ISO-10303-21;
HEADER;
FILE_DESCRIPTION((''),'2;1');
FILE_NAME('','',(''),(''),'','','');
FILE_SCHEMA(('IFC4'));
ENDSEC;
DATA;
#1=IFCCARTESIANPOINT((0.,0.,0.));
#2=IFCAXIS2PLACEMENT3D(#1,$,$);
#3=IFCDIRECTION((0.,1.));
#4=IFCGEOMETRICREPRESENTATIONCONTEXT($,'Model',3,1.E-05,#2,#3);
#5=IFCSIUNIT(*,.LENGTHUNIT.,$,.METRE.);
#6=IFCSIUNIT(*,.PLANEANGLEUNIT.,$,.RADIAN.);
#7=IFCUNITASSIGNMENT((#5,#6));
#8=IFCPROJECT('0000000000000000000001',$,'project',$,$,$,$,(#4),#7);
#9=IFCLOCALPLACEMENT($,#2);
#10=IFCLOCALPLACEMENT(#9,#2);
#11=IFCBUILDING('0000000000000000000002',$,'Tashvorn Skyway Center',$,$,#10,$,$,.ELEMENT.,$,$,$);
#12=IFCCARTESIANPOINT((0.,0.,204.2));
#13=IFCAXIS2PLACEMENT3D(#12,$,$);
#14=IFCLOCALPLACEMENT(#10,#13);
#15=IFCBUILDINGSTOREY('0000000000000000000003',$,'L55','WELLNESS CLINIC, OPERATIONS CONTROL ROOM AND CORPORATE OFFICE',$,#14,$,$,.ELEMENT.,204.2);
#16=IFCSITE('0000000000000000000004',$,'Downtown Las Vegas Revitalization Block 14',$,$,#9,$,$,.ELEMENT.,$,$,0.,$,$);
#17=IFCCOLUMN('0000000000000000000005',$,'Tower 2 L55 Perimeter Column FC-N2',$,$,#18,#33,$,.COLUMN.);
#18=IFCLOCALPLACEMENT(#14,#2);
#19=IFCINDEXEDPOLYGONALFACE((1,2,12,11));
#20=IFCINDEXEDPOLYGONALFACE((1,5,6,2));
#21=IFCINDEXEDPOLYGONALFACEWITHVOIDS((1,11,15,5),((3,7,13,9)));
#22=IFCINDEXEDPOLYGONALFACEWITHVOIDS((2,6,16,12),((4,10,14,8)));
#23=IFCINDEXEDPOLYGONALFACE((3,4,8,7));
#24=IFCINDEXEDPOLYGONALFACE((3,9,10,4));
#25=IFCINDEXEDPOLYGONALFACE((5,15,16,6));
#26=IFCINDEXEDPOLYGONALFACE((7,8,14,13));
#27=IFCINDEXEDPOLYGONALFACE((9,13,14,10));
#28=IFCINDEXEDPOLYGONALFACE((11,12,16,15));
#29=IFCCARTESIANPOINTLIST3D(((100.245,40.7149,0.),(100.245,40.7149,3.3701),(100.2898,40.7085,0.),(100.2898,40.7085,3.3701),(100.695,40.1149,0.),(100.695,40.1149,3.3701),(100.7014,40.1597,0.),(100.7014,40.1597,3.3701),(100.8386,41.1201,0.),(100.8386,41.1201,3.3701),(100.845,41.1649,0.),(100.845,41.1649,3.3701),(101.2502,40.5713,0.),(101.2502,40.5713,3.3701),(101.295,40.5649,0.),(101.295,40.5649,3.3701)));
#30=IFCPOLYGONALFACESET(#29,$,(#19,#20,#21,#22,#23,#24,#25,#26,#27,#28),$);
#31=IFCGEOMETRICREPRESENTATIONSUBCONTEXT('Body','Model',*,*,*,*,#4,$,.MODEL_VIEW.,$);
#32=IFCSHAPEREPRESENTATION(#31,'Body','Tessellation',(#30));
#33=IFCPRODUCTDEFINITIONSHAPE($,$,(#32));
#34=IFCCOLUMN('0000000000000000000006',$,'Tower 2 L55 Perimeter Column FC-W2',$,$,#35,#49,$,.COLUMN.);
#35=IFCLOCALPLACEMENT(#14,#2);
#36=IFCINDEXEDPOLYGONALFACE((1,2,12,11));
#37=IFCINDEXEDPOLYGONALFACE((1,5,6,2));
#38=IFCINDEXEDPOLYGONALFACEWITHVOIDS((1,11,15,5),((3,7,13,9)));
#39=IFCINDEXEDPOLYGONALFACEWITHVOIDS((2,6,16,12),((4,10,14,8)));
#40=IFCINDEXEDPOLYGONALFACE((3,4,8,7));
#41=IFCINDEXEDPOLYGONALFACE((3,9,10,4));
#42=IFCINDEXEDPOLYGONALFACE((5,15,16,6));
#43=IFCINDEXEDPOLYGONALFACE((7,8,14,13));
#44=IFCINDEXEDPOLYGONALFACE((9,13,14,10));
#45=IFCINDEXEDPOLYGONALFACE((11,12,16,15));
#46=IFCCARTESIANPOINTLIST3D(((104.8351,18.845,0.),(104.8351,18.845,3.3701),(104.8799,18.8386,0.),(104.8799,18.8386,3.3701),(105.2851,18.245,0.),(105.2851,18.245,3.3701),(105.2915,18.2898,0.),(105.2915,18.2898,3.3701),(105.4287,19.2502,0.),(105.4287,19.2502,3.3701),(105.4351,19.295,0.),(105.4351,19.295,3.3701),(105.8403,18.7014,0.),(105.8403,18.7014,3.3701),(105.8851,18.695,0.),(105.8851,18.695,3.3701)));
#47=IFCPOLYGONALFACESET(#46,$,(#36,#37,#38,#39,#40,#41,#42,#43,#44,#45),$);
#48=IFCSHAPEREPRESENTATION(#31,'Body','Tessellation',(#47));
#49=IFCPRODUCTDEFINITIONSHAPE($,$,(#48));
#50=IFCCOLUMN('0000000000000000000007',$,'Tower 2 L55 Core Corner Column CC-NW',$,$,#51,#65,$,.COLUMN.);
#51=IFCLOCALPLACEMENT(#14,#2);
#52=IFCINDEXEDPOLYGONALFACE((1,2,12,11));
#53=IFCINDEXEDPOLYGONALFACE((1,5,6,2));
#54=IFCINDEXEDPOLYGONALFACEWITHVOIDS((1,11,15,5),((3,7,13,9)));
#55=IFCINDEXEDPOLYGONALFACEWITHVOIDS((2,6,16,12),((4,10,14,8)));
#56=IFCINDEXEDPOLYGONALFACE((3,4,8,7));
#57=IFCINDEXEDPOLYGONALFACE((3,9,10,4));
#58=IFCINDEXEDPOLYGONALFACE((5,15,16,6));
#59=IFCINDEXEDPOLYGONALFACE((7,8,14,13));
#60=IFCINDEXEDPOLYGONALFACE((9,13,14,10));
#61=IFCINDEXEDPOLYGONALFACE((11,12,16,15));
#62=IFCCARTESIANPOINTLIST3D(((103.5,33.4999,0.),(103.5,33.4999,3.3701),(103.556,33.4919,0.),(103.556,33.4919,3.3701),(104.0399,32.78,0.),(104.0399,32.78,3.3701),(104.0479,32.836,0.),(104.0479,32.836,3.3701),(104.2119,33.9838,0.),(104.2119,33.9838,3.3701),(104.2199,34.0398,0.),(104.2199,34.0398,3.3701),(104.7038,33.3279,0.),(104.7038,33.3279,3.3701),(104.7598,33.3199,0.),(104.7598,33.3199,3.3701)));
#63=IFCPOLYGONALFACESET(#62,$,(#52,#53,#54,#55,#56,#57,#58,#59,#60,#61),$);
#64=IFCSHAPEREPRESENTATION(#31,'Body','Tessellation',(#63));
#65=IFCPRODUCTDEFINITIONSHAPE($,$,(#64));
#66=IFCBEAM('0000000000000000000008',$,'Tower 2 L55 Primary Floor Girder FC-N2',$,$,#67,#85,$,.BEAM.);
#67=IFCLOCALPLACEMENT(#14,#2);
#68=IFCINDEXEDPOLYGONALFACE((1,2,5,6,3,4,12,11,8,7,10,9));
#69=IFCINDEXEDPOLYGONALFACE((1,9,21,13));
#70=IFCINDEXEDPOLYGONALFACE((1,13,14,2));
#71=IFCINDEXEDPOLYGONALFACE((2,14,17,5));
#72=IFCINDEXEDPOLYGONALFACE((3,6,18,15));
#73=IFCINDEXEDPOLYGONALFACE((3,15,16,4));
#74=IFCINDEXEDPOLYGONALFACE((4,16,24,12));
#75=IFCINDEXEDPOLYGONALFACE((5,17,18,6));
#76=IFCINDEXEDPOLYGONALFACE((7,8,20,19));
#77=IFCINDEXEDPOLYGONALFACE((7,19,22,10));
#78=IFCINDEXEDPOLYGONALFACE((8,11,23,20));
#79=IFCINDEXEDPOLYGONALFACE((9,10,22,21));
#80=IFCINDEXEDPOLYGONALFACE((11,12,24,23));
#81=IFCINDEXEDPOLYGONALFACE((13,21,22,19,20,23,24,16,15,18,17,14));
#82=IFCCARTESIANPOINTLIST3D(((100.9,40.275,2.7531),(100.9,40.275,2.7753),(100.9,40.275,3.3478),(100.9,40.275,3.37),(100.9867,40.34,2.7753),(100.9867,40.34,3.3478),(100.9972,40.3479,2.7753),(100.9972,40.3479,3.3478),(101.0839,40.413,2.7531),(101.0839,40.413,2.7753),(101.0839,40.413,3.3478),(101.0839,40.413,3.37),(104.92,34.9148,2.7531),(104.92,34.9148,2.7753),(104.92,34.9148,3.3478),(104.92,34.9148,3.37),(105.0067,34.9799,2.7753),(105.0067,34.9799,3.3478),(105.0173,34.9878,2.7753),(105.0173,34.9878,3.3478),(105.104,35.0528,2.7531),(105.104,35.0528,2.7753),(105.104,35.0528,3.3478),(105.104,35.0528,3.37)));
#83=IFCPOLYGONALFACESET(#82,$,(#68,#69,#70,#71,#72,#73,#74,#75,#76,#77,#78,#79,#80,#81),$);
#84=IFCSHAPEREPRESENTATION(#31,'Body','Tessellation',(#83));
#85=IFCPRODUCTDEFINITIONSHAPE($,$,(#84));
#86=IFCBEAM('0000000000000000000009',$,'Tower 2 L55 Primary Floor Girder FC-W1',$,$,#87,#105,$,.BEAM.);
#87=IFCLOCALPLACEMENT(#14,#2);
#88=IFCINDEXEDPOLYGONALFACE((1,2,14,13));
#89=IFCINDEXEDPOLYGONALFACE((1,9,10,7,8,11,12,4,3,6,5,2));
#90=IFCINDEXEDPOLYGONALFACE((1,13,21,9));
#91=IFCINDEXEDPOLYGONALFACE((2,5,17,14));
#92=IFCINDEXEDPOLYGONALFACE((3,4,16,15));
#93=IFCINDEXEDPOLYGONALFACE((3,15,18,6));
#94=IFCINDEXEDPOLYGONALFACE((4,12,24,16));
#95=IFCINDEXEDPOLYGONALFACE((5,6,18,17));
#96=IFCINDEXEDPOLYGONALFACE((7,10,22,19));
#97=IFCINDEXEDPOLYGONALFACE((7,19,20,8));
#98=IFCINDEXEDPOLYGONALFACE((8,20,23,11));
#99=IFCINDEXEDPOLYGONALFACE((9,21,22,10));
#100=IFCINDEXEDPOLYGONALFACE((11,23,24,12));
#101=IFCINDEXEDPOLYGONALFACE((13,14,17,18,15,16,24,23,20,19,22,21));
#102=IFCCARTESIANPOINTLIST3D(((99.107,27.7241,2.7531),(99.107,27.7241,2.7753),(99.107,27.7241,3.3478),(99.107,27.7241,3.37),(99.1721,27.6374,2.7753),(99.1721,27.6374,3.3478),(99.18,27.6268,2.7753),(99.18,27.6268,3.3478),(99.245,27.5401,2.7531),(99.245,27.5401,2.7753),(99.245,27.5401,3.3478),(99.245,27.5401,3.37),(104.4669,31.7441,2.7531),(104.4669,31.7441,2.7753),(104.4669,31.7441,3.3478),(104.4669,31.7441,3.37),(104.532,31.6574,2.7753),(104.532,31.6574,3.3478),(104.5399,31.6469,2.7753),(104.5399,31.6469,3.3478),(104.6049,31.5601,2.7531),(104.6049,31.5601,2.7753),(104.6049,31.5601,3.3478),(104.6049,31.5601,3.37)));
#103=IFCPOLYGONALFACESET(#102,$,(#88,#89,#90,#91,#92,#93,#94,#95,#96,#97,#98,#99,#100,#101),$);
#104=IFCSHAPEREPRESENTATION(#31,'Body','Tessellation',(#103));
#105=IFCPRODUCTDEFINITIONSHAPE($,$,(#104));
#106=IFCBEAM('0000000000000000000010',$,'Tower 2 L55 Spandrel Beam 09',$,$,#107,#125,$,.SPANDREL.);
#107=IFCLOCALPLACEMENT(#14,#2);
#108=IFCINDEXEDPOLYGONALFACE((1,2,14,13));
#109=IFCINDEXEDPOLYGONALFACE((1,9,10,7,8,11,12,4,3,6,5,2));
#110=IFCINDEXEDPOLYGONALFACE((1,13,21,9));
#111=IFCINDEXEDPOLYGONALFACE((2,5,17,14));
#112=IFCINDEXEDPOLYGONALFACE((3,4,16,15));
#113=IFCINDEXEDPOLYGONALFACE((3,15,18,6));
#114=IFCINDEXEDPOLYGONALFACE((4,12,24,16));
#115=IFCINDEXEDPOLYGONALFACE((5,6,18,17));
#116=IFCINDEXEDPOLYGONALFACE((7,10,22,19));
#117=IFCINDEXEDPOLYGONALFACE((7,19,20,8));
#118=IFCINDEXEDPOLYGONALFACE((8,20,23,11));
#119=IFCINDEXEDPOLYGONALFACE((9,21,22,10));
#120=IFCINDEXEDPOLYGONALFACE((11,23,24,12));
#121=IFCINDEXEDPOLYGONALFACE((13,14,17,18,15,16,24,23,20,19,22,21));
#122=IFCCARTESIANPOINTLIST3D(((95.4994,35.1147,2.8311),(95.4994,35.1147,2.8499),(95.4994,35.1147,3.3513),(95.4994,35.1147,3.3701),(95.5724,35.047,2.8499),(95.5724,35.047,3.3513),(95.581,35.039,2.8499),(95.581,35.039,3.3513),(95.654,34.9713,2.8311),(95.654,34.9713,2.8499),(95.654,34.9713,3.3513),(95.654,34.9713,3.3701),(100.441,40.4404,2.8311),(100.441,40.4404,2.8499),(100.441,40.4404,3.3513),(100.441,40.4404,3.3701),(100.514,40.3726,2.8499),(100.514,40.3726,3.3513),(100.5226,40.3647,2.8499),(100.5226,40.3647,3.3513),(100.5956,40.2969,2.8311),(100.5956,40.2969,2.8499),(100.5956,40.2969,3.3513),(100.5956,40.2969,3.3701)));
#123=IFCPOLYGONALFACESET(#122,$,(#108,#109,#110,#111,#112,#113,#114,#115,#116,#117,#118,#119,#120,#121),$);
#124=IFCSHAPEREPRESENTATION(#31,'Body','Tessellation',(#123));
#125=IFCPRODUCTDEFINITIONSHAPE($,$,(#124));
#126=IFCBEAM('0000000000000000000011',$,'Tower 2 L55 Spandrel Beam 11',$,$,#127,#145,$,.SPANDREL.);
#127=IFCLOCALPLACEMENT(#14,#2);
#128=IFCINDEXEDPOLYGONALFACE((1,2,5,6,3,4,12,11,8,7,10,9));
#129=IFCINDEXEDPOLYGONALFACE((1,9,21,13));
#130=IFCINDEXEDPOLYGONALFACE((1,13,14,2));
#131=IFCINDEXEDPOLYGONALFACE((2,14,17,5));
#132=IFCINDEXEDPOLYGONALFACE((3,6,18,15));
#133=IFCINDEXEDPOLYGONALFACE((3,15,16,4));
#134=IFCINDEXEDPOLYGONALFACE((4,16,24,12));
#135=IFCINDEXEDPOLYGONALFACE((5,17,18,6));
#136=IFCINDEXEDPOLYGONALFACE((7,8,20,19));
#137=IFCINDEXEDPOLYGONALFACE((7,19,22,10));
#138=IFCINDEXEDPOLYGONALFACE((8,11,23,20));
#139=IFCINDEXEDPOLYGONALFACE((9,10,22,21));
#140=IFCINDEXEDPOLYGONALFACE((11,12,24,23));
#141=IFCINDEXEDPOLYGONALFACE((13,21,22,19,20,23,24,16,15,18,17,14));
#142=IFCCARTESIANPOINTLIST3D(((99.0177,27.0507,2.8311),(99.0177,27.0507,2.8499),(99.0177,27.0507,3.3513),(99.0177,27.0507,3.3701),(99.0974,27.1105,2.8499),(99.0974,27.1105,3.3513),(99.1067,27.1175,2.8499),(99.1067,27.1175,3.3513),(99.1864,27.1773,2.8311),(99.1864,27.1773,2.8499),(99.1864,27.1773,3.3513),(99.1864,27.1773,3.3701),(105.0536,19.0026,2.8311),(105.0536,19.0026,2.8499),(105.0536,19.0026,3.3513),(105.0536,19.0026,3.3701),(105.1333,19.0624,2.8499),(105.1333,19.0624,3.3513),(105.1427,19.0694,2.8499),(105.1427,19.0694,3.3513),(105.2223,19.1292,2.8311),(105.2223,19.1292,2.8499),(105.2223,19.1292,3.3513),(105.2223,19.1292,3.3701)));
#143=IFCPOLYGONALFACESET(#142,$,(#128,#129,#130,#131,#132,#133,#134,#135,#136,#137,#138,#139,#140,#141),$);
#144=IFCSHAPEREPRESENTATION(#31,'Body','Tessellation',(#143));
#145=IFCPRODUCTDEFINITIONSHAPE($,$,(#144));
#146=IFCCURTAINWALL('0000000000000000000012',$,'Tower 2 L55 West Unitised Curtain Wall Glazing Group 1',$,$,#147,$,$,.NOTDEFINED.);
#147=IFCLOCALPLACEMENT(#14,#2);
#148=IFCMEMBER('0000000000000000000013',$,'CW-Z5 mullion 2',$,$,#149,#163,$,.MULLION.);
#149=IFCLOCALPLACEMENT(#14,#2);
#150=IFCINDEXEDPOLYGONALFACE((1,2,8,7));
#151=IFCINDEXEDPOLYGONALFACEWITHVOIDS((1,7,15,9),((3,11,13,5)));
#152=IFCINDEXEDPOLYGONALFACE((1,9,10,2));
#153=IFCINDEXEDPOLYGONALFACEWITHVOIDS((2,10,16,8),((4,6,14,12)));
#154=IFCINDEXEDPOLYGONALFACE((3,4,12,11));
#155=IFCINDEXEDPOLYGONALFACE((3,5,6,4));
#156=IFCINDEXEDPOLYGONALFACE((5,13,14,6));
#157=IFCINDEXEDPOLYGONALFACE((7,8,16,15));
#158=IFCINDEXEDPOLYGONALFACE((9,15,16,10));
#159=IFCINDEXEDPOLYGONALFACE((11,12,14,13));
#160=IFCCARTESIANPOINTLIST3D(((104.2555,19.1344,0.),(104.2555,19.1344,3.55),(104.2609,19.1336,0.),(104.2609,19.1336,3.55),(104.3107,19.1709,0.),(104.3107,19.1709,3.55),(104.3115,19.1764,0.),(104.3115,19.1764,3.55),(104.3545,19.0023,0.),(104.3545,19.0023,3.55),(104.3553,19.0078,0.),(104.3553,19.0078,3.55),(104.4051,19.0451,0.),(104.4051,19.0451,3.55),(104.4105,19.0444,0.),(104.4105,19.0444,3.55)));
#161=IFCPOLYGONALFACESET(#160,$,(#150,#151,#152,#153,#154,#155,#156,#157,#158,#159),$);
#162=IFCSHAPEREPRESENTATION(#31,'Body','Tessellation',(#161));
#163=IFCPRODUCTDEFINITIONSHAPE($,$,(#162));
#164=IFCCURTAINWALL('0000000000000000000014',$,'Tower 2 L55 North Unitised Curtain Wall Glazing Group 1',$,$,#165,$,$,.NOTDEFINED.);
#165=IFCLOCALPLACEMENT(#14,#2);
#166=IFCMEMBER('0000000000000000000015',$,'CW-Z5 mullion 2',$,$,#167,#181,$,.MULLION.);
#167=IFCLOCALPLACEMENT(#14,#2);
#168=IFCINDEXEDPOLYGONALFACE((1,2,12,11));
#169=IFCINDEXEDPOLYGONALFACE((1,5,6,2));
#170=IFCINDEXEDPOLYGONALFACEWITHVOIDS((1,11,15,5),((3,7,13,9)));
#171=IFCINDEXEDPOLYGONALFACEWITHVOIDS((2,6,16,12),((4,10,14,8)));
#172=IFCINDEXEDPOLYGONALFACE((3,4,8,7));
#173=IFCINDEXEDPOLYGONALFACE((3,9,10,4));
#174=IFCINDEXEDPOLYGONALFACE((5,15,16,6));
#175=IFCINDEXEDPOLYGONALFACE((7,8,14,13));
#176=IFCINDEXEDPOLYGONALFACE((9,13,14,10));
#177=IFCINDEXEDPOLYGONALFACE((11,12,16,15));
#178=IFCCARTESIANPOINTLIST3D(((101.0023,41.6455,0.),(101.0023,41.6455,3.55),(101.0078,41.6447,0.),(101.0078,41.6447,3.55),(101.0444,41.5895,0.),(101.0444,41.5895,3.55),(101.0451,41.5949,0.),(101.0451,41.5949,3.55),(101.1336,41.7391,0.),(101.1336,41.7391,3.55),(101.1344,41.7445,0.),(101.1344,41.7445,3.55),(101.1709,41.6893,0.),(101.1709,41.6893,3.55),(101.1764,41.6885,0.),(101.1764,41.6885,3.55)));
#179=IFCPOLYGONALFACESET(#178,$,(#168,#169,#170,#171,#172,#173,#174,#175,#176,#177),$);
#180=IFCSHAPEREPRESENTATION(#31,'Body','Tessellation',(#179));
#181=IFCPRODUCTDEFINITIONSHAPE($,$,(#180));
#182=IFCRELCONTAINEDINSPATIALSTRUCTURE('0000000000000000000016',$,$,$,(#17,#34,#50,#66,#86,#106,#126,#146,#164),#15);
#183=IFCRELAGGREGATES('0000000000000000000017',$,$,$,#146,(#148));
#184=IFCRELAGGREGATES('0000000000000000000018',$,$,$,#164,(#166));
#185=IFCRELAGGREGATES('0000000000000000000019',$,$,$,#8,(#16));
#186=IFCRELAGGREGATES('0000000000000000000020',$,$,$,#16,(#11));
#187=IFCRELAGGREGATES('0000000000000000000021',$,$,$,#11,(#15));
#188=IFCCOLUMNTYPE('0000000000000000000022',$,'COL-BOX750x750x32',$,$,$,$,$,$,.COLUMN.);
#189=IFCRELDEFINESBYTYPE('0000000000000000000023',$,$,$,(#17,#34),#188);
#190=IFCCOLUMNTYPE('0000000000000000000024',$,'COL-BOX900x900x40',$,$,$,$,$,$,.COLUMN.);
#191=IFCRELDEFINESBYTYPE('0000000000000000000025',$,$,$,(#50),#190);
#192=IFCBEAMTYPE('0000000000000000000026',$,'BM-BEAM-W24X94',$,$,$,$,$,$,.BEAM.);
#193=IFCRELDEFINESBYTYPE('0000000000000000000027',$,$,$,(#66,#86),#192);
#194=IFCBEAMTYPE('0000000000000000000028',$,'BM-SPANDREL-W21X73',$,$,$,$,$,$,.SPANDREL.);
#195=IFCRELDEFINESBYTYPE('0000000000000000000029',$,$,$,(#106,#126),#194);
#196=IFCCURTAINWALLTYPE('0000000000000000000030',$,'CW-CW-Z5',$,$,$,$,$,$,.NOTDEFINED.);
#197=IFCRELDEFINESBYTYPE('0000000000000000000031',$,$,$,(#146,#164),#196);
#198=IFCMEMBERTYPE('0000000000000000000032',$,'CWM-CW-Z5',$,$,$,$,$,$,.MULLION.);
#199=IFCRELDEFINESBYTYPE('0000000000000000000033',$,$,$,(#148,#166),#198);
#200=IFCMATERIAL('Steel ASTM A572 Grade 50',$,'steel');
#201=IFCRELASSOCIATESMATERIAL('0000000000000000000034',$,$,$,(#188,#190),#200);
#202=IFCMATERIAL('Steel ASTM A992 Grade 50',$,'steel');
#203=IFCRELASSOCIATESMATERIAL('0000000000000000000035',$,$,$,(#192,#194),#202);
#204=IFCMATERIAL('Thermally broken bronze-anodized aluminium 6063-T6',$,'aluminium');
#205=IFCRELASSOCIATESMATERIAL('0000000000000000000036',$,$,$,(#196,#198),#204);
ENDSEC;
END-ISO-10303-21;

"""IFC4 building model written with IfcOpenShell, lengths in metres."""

from ifc_helpers import new_model, si_unit, direction, frame, origin, origin_2d, place, context, subcontext, project, spatial, hollow_rectangle, i_section, extrude, material, material_profile, profile_set, type_object, element, aggregate, save


model = new_model("IFC4")

# Units and contexts
model_context = context("Model", 3, precision=1e-05, world=origin(), true_north=direction((0.0, 1.0)))
body_context = subcontext(model_context, "Body", "Model", "MODEL_VIEW")
ifc_project = project(units=[si_unit("LENGTHUNIT", "METRE"), si_unit("PLANEANGLEUNIT", "RADIAN")], contexts=[model_context])

# Site, building, storey
site_placement = place(None, origin())
site = spatial("IfcSite", under=ifc_project, at=site_placement, Name="Downtown Las Vegas Revitalization Block 14", CompositionType="ELEMENT", RefElevation=0.0)
building_placement = place(site_placement, origin())
building = spatial("IfcBuilding", under=site, at=building_placement, Name="Tashvorn Skyway Center", CompositionType="ELEMENT")
storey_placement = place(building_placement, frame((0.0, 0.0, 204.2)))
storey = spatial("IfcBuildingStorey", under=building, at=storey_placement, Name="L55", Description="WELLNESS CLINIC, OPERATIONS CONTROL ROOM AND CORPORATE OFFICE", CompositionType="ELEMENT", Elevation=204.2)

# Columns
ifc_material_1 = material(Name="Steel ASTM A572 Grade 50", Category="steel")
ifc_material_profile_1 = material_profile(ifc_material_1, hollow_rectangle(XDim=0.75, YDim=0.75, WallThickness=0.032, at=origin_2d()), Name="BOX750x750x32")
ifc_profile_set_1 = profile_set([ifc_material_profile_1], Name="Steel ASTM A572 Grade 50")
column_type_1 = type_object("IfcColumnType", Name="COL-BOX750x750x32", PredefinedType="COLUMN", material=ifc_profile_set_1)
for number, where, z_axis, x_axis, name in (
    (1, (100.77, 40.6399, 0.0), (0.0, 0.0, 1.0), (0.8, 0.6, 0.0), "Tower 2 L55 Perimeter Column FC-N2"),
    (2, (105.3601, 18.77, 0.0), (0.0, 0.0, 1.0), (0.8, 0.6, 0.0), "Tower 2 L55 Perimeter Column FC-W2"),
):
    element("IfcColumn", number, at=place(storey_placement, frame(where, z_axis=z_axis, x_axis=x_axis)), inside=storey, type_object=column_type_1, Name=name, PredefinedType="COLUMN", context=body_context, shape_type="SweptSolid", body=[
        extrude(hollow_rectangle(XDim=0.75, YDim=0.75, WallThickness=0.032, at=origin_2d()), origin(), (0.0, 0.0, 1.0), 3.3701),
    ])
ifc_material_profile_2 = material_profile(ifc_material_1, hollow_rectangle(XDim=0.8999, YDim=0.8999, WallThickness=0.04, at=origin_2d()), Name="BOX900x900x40")
ifc_profile_set_2 = profile_set([ifc_material_profile_2], Name="Steel ASTM A572 Grade 50")
column_type_2 = type_object("IfcColumnType", Name="COL-BOX900x900x40", PredefinedType="COLUMN", material=ifc_profile_set_2)
column_placement = place(storey_placement, frame((104.1299, 33.4099, 0.0), z_axis=(0.0, 0.0, 1.0), x_axis=(0.8, 0.6, 0.0)))
element("IfcColumn", 3, at=column_placement, inside=storey, type_object=column_type_2, Name="Tower 2 L55 Core Corner Column CC-NW", PredefinedType="COLUMN", context=body_context, shape_type="SweptSolid", body=[
    extrude(hollow_rectangle(XDim=0.8999, YDim=0.8999, WallThickness=0.04, at=origin_2d()), origin(), (0.0, 0.0, 1.0), 3.3701),
])

# Beams
ifc_material_2 = material(Name="Steel ASTM A992 Grade 50", Category="steel")
ifc_material_profile_3 = material_profile(ifc_material_2, i_section(OverallWidth=0.23, OverallDepth=0.6169, WebThickness=0.0132, FlangeThickness=0.0222, at=origin_2d()), Name="W24X94")
ifc_profile_set_3 = profile_set([ifc_material_profile_3], Name="Steel ASTM A992 Grade 50")
beam_type_1 = type_object("IfcBeamType", Name="BM-BEAM-W24X94", PredefinedType="BEAM", material=ifc_profile_set_3)
beam_1_placement = place(storey_placement, frame((100.9919, 40.344, 3.0615), z_axis=(0.599994, -0.800004, 0.0), x_axis=(0.800004, 0.599994, 0.0)))
element("IfcBeam", 4, at=beam_1_placement, inside=storey, type_object=beam_type_1, Name="Tower 2 L55 Primary Floor Girder FC-N2", PredefinedType="BEAM", context=body_context, shape_type="SweptSolid", body=[
    extrude(i_section(OverallWidth=0.23, OverallDepth=0.6169, WebThickness=0.0132, FlangeThickness=0.0222, at=origin_2d()), origin(), (0.0, 0.0, 1.0), 6.7002),
])
beam_2_placement = place(storey_placement, frame((99.176, 27.6321, 3.0615), z_axis=(0.799991, 0.600012, 0.0), x_axis=(-0.600012, 0.799991, 0.0)))
element("IfcBeam", 5, at=beam_2_placement, inside=storey, type_object=beam_type_1, Name="Tower 2 L55 Primary Floor Girder FC-W1", PredefinedType="BEAM", context=body_context, shape_type="SweptSolid", body=[
    extrude(i_section(OverallWidth=0.23, OverallDepth=0.6169, WebThickness=0.0132, FlangeThickness=0.0222, at=origin_2d()), origin(), (0.0, 0.0, 1.0), 6.7),
])
ifc_material_profile_4 = material_profile(ifc_material_2, i_section(OverallWidth=0.2109, OverallDepth=0.5391, WebThickness=0.0117, FlangeThickness=0.0188, at=origin_2d()), Name="W21X73")
ifc_profile_set_4 = profile_set([ifc_material_profile_4], Name="Steel ASTM A992 Grade 50")
beam_type_2 = type_object("IfcBeamType", Name="BM-SPANDREL-W21X73", PredefinedType="SPANDREL", material=ifc_profile_set_4)
beam_3_placement = place(storey_placement, frame((100.5183, 40.3687, 3.1006), z_axis=(-0.680183, -0.733042, 0.0), x_axis=(0.733042, -0.680183, 0.0)))
element("IfcBeam", 6, at=beam_3_placement, inside=storey, type_object=beam_type_2, Name="Tower 2 L55 Spandrel Beam 09", PredefinedType="SPANDREL", context=body_context, shape_type="SweptSolid", body=[
    extrude(i_section(OverallWidth=0.2109, OverallDepth=0.5391, WebThickness=0.0117, FlangeThickness=0.0188, at=origin_2d()), origin(), (0.0, 0.0, 1.0), 7.2651),
])
beam_4_placement = place(storey_placement, frame((99.1021, 27.114, 3.1006), z_axis=(0.599988, -0.800009, 0.0), x_axis=(0.800009, 0.599988, 0.0)))
element("IfcBeam", 7, at=beam_4_placement, inside=storey, type_object=beam_type_2, Name="Tower 2 L55 Spandrel Beam 11", PredefinedType="SPANDREL", context=body_context, shape_type="SweptSolid", body=[
    extrude(i_section(OverallWidth=0.2109, OverallDepth=0.5391, WebThickness=0.0117, FlangeThickness=0.0188, at=origin_2d()), origin(), (0.0, 0.0, 1.0), 10.0601),
])

# Curtain walls, members
ifc_material_3 = material(Name="Thermally broken bronze-anodized aluminium 6063-T6", Category="aluminium")
curtain_wall_type = type_object("IfcCurtainWallType", Name="CW-CW-Z5", PredefinedType="NOTDEFINED", material=ifc_material_3)
curtain_wall_1_placement = place(storey_placement, origin())
curtain_wall_1 = element("IfcCurtainWall", 8, at=curtain_wall_1_placement, inside=storey, type_object=curtain_wall_type, Name="Tower 2 L55 West Unitised Curtain Wall Glazing Group 1", PredefinedType="NOTDEFINED")
ifc_material_profile_5 = material_profile(ifc_material_3, hollow_rectangle(XDim=0.0701, YDim=0.165, WallThickness=0.0039, at=origin_2d()), Name="ALU-MULL-70x165")
ifc_profile_set_5 = profile_set([ifc_material_profile_5], Name="Thermally broken bronze-anodized aluminium 6063-T6")
member_type_1 = type_object("IfcMemberType", Name="CWM-CW-Z5", PredefinedType="MULLION", material=ifc_profile_set_5)
member_1_placement = place(storey_placement, frame((104.333, 19.0894, 0.0), z_axis=(0.0, 0.0, 1.0), x_axis=(-0.799999, -0.600002, 0.0)))
member_1 = element("IfcMember", 9, at=member_1_placement, type_object=member_type_1, Name="CW-Z5 mullion 2", PredefinedType="MULLION", context=body_context, shape_type="SweptSolid", body=[
    extrude(hollow_rectangle(XDim=0.0701, YDim=0.165, WallThickness=0.0039, at=origin_2d()), origin(), (0.0, 0.0, 1.0), 3.55),
])
aggregate(curtain_wall_1, [member_1])
curtain_wall_2_placement = place(storey_placement, origin())
curtain_wall_2 = element("IfcCurtainWall", 10, at=curtain_wall_2_placement, inside=storey, type_object=curtain_wall_type, Name="Tower 2 L55 North Unitised Curtain Wall Glazing Group 1", PredefinedType="NOTDEFINED")
member_2_placement = place(storey_placement, frame((101.0894, 41.667, 0.0), z_axis=(0.0, 0.0, 1.0), x_axis=(-0.600002, 0.799999, 0.0)))
member_2 = element("IfcMember", 11, at=member_2_placement, type_object=member_type_1, Name="CW-Z5 mullion 2", PredefinedType="MULLION", context=body_context, shape_type="SweptSolid", body=[
    extrude(hollow_rectangle(XDim=0.0701, YDim=0.165, WallThickness=0.0039, at=origin_2d()), origin(), (0.0, 0.0, 1.0), 3.55),
])
aggregate(curtain_wall_2, [member_2])

save(model, "model.ifc")
